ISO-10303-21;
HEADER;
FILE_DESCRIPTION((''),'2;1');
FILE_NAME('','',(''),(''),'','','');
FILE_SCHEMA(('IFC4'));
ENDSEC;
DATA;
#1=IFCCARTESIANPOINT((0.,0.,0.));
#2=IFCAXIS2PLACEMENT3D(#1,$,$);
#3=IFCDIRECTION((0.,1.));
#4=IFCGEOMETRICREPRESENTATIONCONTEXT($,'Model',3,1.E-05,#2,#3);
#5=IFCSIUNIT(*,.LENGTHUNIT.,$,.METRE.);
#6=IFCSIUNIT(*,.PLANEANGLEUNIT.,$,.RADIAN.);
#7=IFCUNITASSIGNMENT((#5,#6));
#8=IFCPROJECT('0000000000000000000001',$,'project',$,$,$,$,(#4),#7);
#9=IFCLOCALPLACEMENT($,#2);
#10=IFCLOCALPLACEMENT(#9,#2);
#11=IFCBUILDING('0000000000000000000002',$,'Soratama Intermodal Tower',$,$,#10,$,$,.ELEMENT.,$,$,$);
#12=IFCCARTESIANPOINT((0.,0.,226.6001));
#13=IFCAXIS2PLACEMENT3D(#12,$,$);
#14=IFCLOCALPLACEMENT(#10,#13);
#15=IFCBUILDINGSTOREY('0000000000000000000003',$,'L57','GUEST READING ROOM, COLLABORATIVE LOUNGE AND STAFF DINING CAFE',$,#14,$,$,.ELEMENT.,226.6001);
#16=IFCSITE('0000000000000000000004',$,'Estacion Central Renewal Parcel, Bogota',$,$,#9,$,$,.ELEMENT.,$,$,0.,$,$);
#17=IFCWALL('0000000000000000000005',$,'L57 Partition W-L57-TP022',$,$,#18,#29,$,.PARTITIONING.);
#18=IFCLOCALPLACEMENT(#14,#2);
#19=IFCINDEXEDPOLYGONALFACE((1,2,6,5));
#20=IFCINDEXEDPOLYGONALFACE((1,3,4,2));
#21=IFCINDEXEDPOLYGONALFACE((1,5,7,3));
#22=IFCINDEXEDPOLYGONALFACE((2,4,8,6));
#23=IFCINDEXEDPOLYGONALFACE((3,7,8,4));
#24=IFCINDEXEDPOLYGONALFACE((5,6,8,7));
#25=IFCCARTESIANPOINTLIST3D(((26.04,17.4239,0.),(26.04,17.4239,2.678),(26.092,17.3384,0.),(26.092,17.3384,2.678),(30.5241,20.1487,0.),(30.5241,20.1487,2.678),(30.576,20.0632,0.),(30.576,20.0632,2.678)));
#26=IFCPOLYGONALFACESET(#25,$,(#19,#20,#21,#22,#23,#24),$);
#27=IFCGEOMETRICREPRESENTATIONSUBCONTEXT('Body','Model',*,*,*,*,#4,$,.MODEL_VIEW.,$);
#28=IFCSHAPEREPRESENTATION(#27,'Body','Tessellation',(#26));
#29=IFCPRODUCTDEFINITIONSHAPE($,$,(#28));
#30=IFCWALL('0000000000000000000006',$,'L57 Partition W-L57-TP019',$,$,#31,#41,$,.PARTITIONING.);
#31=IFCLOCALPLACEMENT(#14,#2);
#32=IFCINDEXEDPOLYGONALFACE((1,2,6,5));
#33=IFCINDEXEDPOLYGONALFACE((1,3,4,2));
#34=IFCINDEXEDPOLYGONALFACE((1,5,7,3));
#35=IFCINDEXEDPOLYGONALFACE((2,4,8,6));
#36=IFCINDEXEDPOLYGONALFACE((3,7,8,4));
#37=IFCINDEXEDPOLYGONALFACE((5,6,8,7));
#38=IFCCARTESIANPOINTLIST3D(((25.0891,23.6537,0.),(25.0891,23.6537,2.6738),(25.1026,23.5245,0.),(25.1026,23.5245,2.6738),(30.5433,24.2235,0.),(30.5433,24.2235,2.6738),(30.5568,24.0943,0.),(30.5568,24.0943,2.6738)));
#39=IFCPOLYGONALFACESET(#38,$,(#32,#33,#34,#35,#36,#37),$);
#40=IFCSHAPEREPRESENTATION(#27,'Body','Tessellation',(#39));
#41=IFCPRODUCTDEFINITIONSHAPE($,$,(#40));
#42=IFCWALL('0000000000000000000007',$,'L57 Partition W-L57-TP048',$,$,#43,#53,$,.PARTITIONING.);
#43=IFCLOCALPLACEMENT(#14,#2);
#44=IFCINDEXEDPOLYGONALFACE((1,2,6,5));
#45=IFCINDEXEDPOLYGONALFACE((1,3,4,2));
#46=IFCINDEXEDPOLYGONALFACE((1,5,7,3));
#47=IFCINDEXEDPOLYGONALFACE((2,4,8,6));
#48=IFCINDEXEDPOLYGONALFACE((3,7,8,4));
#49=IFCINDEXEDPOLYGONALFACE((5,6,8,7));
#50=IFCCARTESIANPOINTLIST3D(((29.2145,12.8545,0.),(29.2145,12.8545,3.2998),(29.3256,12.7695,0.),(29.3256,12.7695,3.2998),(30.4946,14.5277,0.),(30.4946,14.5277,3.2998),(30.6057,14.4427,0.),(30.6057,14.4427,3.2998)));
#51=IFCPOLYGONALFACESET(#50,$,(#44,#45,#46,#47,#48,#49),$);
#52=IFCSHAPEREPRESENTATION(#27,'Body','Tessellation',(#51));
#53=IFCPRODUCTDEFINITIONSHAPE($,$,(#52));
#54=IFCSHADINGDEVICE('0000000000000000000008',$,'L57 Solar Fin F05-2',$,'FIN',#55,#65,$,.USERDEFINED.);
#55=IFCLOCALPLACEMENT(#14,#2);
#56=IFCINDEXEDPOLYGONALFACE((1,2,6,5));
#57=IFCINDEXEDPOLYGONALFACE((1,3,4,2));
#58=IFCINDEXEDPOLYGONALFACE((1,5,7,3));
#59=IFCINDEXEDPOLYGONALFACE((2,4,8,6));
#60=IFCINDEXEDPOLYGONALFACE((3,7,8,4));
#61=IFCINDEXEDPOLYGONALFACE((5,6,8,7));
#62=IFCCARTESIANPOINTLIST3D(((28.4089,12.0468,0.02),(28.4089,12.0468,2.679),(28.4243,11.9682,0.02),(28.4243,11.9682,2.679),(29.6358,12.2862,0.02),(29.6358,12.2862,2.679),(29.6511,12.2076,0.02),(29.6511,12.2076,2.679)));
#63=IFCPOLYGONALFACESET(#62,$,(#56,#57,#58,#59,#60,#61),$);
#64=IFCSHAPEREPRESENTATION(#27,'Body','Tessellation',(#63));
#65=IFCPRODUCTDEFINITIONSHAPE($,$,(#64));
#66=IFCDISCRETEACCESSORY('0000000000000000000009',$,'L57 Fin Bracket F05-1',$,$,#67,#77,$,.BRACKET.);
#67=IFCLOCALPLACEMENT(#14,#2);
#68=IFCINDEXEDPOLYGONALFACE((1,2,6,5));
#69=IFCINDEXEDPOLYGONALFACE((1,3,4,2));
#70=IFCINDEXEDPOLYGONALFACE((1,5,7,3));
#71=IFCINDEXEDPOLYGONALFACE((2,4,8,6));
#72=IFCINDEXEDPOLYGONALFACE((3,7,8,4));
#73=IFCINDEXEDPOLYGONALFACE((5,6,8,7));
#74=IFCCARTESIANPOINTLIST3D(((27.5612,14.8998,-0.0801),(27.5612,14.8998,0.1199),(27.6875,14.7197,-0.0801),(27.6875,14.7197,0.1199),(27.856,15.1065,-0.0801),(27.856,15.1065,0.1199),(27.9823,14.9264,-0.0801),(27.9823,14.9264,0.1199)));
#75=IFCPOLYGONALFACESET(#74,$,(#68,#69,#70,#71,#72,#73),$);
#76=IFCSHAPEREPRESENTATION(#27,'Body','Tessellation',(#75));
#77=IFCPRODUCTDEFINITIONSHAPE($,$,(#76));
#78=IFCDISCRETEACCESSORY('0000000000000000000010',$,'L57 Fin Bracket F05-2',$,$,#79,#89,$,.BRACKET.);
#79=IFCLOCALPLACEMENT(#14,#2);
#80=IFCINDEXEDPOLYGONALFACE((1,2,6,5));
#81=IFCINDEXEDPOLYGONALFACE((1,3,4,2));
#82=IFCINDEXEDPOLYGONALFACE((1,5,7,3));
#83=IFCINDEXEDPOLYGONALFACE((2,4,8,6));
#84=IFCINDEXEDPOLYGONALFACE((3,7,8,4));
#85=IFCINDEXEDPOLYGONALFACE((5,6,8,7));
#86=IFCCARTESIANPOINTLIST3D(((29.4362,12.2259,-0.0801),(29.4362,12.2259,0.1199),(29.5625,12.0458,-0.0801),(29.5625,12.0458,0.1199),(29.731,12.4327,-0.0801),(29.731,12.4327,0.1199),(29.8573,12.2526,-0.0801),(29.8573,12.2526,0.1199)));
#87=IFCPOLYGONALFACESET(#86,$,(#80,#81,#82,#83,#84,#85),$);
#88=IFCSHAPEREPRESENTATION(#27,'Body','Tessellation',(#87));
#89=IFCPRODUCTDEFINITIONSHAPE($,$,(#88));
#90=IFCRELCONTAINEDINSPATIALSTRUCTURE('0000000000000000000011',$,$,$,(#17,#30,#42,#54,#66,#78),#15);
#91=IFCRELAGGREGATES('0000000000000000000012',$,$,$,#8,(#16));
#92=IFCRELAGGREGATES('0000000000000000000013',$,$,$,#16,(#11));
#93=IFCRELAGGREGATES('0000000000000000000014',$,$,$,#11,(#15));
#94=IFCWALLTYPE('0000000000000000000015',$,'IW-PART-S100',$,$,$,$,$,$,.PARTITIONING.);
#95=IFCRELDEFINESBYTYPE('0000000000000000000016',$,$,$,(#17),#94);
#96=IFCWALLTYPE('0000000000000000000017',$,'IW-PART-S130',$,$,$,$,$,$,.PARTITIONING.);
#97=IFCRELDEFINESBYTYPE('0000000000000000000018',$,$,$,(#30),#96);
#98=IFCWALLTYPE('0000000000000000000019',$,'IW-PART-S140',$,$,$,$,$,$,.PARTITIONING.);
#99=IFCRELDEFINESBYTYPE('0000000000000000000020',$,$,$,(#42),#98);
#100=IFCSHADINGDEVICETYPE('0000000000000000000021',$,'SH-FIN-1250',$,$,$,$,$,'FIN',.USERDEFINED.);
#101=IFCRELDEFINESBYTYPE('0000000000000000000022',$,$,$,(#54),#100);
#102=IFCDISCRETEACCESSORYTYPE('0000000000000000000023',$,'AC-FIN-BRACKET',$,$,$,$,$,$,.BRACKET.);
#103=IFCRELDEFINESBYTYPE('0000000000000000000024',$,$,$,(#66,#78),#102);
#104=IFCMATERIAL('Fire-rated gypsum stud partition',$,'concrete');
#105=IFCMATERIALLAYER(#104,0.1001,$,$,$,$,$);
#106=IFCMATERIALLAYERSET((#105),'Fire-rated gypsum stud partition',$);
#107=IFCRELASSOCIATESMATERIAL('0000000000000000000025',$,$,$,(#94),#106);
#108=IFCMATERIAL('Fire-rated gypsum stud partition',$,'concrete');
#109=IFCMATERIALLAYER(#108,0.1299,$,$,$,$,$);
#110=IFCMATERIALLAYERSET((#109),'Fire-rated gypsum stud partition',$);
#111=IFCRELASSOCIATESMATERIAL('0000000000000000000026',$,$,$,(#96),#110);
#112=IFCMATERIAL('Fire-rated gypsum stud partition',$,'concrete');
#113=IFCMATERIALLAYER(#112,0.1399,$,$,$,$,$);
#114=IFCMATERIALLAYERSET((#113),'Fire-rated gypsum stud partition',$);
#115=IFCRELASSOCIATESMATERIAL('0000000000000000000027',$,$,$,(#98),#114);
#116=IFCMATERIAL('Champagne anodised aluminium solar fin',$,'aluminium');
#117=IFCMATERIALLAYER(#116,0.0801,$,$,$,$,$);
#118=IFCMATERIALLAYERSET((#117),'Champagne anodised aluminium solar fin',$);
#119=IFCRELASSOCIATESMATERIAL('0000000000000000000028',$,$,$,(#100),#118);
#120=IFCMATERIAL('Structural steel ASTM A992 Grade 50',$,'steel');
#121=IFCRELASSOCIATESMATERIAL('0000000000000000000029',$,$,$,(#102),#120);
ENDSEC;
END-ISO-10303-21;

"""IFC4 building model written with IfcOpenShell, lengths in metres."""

from ifc_helpers import new_model, si_unit, direction, frame, frame_2d, origin, origin_2d, place, context, subcontext, project, spatial, rectangle, extrude, material, layer, layer_set, type_object, element, save


model = new_model("IFC4")

# Units and contexts
model_context = context("Model", 3, precision=1e-05, world=origin(), true_north=direction((0.0, 1.0)))
body_context = subcontext(model_context, "Body", "Model", "MODEL_VIEW")
ifc_project = project(units=[si_unit("LENGTHUNIT", "METRE"), si_unit("PLANEANGLEUNIT", "RADIAN")], contexts=[model_context])

# Site, building, storey
site_placement = place(None, origin())
site = spatial("IfcSite", under=ifc_project, at=site_placement, Name="Estacion Central Renewal Parcel, Bogota", CompositionType="ELEMENT", RefElevation=0.0)
building_placement = place(site_placement, origin())
building = spatial("IfcBuilding", under=site, at=building_placement, Name="Soratama Intermodal Tower", CompositionType="ELEMENT")
storey_placement = place(building_placement, frame((0.0, 0.0, 226.6001)))
storey = spatial("IfcBuildingStorey", under=building, at=storey_placement, Name="L57", Description="GUEST READING ROOM, COLLABORATIVE LOUNGE AND STAFF DINING CAFE", CompositionType="ELEMENT", Elevation=226.6001)

# Walls
ifc_material_1 = material(Name="Fire-rated gypsum stud partition", Category="concrete")
ifc_layer_1 = layer(ifc_material_1, 0.1001)
ifc_layer_set_1 = layer_set([ifc_layer_1], Name="Fire-rated gypsum stud partition")
wall_type_1 = type_object("IfcWallType", Name="IW-PART-S100", PredefinedType="PARTITIONING", material=ifc_layer_set_1)
wall_1_placement = place(storey_placement, frame((30.55, 20.106, 0.0), z_axis=(0.0, 0.0, 1.0), x_axis=(-0.854589, -0.519305, 0.0)))
element("IfcWall", 1, at=wall_1_placement, inside=storey, type_object=wall_type_1, Name="L57 Partition W-L57-TP022", PredefinedType="PARTITIONING", context=body_context, shape_type="SweptSolid", body=[
    extrude(rectangle(XDim=5.2471, YDim=0.1001, at=frame_2d((2.6235, 0.0))), origin(), (0.0, 0.0, 1.0), 2.678),
])
ifc_material_2 = material(Name="Fire-rated gypsum stud partition", Category="concrete")
ifc_layer_2 = layer(ifc_material_2, 0.1299)
ifc_layer_set_2 = layer_set([ifc_layer_2], Name="Fire-rated gypsum stud partition")
wall_type_2 = type_object("IfcWallType", Name="IW-PART-S130", PredefinedType="PARTITIONING", material=ifc_layer_set_2)
wall_2_placement = place(storey_placement, frame((30.55, 24.1589, 0.0), z_axis=(0.0, 0.0, 1.0), x_axis=(-0.994587, -0.103911, 0.0)))
element("IfcWall", 2, at=wall_2_placement, inside=storey, type_object=wall_type_2, Name="L57 Partition W-L57-TP019", PredefinedType="PARTITIONING", context=body_context, shape_type="SweptSolid", body=[
    extrude(rectangle(XDim=5.4839, YDim=0.1299, at=frame_2d((2.7419, 0.0))), origin(), (0.0, 0.0, 1.0), 2.6738),
])
ifc_material_3 = material(Name="Fire-rated gypsum stud partition", Category="concrete")
ifc_layer_3 = layer(ifc_material_3, 0.1399)
ifc_layer_set_3 = layer_set([ifc_layer_3], Name="Fire-rated gypsum stud partition")
wall_type_3 = type_object("IfcWallType", Name="IW-PART-S140", PredefinedType="PARTITIONING", material=ifc_layer_set_3)
wall_3_placement = place(storey_placement, frame((30.55, 14.4851, 0.0), z_axis=(0.0, 0.0, 1.0), x_axis=(-0.607631, -0.79422, 0.0)))
element("IfcWall", 3, at=wall_3_placement, inside=storey, type_object=wall_type_3, Name="L57 Partition W-L57-TP048", PredefinedType="PARTITIONING", context=body_context, shape_type="SweptSolid", body=[
    extrude(rectangle(XDim=2.1067, YDim=0.1399, at=frame_2d((1.0532, 0.0))), origin(), (0.0, 0.0, 1.0), 3.2998),
])

# Shading device
ifc_material_4 = material(Name="Champagne anodised aluminium solar fin", Category="aluminium")
ifc_layer_4 = layer(ifc_material_4, 0.0801)
ifc_layer_set_4 = layer_set([ifc_layer_4], Name="Champagne anodised aluminium solar fin")
shading_device_type = type_object("IfcShadingDeviceType", Name="SH-FIN-1250", ElementType="FIN", PredefinedType="USERDEFINED", material=ifc_layer_set_4)
shading_device_placement = place(storey_placement, frame((29.03, 12.1272, 0.02), z_axis=(0.0, 0.0, 1.0), x_axis=(-0.981494, -0.191494, 0.0)))
element("IfcShadingDevice", 4, at=shading_device_placement, inside=storey, type_object=shading_device_type, Name="L57 Solar Fin F05-2", ObjectType="FIN", PredefinedType="USERDEFINED", context=body_context, shape_type="SweptSolid", body=[
    extrude(rectangle(XDim=1.25, YDim=0.0801, at=origin_2d()), origin(), (0.0, 0.0, 1.0), 2.6589),
])

# Discrete accessories
ifc_material_5 = material(Name="Structural steel ASTM A992 Grade 50", Category="steel")
discrete_accessory_type = type_object("IfcDiscreteAccessoryType", Name="AC-FIN-BRACKET", PredefinedType="BRACKET", material=ifc_material_5)
for number, where, z_axis, x_axis, name in (
    (5, (27.7717, 14.9131, -0.0801), (0.0, 0.0, 1.0), (-0.818751, -0.574148, 0.0), "L57 Fin Bracket F05-1"),
    (6, (29.6467, 12.2393, -0.0801), (0.0, 0.0, 1.0), (-0.818751, -0.574148, 0.0), "L57 Fin Bracket F05-2"),
):
    element("IfcDiscreteAccessory", number, at=place(storey_placement, frame(where, z_axis=z_axis, x_axis=x_axis)), inside=storey, type_object=discrete_accessory_type, Name=name, PredefinedType="BRACKET", context=body_context, shape_type="SweptSolid", body=[
        extrude(rectangle(XDim=0.3601, YDim=0.22, at=origin_2d()), origin(), (0.0, 0.0, 1.0), 0.2),
    ])

save(model, "model.ifc")
